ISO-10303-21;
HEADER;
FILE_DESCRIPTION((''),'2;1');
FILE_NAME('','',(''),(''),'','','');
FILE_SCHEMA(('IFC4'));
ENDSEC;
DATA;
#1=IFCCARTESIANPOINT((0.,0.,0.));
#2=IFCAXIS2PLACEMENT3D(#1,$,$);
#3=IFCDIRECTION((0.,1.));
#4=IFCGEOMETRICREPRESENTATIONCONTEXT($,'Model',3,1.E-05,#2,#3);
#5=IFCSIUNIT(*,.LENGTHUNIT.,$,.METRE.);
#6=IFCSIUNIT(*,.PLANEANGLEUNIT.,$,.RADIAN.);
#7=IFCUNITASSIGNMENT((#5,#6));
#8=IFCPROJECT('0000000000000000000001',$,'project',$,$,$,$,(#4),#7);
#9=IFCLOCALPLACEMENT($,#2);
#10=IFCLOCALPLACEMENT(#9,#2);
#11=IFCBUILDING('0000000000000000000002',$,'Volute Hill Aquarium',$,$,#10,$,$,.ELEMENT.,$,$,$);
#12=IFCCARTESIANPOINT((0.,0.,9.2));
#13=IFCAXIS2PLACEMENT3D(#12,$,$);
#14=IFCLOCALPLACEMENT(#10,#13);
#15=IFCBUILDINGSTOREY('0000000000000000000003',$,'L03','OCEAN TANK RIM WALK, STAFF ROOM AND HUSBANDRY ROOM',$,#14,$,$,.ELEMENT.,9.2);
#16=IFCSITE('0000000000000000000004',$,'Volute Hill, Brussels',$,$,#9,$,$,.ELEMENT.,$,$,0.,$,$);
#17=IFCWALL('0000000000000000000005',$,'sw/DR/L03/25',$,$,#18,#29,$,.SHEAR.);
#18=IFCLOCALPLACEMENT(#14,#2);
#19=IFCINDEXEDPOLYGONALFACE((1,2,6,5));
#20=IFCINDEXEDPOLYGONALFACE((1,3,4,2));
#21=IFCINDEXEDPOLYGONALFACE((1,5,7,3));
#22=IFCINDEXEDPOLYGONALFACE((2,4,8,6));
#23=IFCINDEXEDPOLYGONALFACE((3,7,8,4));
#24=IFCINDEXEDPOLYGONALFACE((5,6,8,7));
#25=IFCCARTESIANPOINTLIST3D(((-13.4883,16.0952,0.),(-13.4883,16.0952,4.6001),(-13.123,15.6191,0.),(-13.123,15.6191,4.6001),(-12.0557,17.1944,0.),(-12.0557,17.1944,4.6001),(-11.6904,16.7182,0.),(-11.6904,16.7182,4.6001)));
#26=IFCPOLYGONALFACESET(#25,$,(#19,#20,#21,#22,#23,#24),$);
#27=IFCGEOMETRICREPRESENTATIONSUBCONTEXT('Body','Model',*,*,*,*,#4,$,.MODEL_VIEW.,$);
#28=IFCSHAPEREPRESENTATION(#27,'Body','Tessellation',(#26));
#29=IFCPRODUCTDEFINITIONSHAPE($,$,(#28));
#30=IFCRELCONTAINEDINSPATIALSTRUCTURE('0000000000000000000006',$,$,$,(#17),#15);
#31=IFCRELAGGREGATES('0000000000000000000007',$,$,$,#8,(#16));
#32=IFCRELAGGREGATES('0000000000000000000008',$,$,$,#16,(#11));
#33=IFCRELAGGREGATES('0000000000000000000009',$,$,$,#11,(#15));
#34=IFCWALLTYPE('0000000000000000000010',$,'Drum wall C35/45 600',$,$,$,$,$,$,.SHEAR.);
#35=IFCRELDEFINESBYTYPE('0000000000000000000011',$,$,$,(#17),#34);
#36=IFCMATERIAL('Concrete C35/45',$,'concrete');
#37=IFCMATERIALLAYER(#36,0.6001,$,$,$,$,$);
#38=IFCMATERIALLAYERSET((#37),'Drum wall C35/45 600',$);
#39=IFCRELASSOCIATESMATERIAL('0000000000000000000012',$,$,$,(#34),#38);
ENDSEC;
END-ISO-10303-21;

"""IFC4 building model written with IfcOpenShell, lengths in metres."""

from ifc_helpers import new_model, si_unit, direction, frame, frame_2d, origin, place, context, subcontext, project, spatial, rectangle, extrude, material, layer, layer_set, type_object, element, save


model = new_model("IFC4")

# Units and contexts
model_context = context("Model", 3, precision=1e-05, world=origin(), true_north=direction((0.0, 1.0)))
body_context = subcontext(model_context, "Body", "Model", "MODEL_VIEW")
ifc_project = project(units=[si_unit("LENGTHUNIT", "METRE"), si_unit("PLANEANGLEUNIT", "RADIAN")], contexts=[model_context])

# Site, building, storey
site_placement = place(None, origin())
site = spatial("IfcSite", under=ifc_project, at=site_placement, Name="Volute Hill, Brussels", CompositionType="ELEMENT", RefElevation=0.0)
building_placement = place(site_placement, origin())
building = spatial("IfcBuilding", under=site, at=building_placement, Name="Volute Hill Aquarium", CompositionType="ELEMENT")
storey_placement = place(building_placement, frame((0.0, 0.0, 9.2)))
storey = spatial("IfcBuildingStorey", under=building, at=storey_placement, Name="L03", Description="OCEAN TANK RIM WALK, STAFF ROOM AND HUSBANDRY ROOM", CompositionType="ELEMENT", Elevation=9.2)

# Wall
ifc_material_1 = material(Name="Concrete C35/45", Category="concrete")
ifc_layer_1 = layer(ifc_material_1, 0.6001)
ifc_layer_set_1 = layer_set([ifc_layer_1], Name="Drum wall C35/45 600")
wall_type_1 = type_object("IfcWallType", Name="Drum wall C35/45 600", PredefinedType="SHEAR", material=ifc_layer_set_1)
wall_1_placement = place(storey_placement, frame((-11.873, 16.9563, 0.0), z_axis=(0.0, 0.0, 1.0), x_axis=(-0.793397, -0.608704, 0.0)))
element("IfcWall", 1, at=wall_1_placement, inside=storey, type_object=wall_type_1, Name="sw/DR/L03/25", PredefinedType="SHEAR", context=body_context, shape_type="SweptSolid", body=[
    extrude(rectangle(XDim=1.8057, YDim=0.6001, at=frame_2d((0.9028, 0.0))), origin(), (0.0, 0.0, 1.0), 4.6001),
])

save(model, "model.ifc")
